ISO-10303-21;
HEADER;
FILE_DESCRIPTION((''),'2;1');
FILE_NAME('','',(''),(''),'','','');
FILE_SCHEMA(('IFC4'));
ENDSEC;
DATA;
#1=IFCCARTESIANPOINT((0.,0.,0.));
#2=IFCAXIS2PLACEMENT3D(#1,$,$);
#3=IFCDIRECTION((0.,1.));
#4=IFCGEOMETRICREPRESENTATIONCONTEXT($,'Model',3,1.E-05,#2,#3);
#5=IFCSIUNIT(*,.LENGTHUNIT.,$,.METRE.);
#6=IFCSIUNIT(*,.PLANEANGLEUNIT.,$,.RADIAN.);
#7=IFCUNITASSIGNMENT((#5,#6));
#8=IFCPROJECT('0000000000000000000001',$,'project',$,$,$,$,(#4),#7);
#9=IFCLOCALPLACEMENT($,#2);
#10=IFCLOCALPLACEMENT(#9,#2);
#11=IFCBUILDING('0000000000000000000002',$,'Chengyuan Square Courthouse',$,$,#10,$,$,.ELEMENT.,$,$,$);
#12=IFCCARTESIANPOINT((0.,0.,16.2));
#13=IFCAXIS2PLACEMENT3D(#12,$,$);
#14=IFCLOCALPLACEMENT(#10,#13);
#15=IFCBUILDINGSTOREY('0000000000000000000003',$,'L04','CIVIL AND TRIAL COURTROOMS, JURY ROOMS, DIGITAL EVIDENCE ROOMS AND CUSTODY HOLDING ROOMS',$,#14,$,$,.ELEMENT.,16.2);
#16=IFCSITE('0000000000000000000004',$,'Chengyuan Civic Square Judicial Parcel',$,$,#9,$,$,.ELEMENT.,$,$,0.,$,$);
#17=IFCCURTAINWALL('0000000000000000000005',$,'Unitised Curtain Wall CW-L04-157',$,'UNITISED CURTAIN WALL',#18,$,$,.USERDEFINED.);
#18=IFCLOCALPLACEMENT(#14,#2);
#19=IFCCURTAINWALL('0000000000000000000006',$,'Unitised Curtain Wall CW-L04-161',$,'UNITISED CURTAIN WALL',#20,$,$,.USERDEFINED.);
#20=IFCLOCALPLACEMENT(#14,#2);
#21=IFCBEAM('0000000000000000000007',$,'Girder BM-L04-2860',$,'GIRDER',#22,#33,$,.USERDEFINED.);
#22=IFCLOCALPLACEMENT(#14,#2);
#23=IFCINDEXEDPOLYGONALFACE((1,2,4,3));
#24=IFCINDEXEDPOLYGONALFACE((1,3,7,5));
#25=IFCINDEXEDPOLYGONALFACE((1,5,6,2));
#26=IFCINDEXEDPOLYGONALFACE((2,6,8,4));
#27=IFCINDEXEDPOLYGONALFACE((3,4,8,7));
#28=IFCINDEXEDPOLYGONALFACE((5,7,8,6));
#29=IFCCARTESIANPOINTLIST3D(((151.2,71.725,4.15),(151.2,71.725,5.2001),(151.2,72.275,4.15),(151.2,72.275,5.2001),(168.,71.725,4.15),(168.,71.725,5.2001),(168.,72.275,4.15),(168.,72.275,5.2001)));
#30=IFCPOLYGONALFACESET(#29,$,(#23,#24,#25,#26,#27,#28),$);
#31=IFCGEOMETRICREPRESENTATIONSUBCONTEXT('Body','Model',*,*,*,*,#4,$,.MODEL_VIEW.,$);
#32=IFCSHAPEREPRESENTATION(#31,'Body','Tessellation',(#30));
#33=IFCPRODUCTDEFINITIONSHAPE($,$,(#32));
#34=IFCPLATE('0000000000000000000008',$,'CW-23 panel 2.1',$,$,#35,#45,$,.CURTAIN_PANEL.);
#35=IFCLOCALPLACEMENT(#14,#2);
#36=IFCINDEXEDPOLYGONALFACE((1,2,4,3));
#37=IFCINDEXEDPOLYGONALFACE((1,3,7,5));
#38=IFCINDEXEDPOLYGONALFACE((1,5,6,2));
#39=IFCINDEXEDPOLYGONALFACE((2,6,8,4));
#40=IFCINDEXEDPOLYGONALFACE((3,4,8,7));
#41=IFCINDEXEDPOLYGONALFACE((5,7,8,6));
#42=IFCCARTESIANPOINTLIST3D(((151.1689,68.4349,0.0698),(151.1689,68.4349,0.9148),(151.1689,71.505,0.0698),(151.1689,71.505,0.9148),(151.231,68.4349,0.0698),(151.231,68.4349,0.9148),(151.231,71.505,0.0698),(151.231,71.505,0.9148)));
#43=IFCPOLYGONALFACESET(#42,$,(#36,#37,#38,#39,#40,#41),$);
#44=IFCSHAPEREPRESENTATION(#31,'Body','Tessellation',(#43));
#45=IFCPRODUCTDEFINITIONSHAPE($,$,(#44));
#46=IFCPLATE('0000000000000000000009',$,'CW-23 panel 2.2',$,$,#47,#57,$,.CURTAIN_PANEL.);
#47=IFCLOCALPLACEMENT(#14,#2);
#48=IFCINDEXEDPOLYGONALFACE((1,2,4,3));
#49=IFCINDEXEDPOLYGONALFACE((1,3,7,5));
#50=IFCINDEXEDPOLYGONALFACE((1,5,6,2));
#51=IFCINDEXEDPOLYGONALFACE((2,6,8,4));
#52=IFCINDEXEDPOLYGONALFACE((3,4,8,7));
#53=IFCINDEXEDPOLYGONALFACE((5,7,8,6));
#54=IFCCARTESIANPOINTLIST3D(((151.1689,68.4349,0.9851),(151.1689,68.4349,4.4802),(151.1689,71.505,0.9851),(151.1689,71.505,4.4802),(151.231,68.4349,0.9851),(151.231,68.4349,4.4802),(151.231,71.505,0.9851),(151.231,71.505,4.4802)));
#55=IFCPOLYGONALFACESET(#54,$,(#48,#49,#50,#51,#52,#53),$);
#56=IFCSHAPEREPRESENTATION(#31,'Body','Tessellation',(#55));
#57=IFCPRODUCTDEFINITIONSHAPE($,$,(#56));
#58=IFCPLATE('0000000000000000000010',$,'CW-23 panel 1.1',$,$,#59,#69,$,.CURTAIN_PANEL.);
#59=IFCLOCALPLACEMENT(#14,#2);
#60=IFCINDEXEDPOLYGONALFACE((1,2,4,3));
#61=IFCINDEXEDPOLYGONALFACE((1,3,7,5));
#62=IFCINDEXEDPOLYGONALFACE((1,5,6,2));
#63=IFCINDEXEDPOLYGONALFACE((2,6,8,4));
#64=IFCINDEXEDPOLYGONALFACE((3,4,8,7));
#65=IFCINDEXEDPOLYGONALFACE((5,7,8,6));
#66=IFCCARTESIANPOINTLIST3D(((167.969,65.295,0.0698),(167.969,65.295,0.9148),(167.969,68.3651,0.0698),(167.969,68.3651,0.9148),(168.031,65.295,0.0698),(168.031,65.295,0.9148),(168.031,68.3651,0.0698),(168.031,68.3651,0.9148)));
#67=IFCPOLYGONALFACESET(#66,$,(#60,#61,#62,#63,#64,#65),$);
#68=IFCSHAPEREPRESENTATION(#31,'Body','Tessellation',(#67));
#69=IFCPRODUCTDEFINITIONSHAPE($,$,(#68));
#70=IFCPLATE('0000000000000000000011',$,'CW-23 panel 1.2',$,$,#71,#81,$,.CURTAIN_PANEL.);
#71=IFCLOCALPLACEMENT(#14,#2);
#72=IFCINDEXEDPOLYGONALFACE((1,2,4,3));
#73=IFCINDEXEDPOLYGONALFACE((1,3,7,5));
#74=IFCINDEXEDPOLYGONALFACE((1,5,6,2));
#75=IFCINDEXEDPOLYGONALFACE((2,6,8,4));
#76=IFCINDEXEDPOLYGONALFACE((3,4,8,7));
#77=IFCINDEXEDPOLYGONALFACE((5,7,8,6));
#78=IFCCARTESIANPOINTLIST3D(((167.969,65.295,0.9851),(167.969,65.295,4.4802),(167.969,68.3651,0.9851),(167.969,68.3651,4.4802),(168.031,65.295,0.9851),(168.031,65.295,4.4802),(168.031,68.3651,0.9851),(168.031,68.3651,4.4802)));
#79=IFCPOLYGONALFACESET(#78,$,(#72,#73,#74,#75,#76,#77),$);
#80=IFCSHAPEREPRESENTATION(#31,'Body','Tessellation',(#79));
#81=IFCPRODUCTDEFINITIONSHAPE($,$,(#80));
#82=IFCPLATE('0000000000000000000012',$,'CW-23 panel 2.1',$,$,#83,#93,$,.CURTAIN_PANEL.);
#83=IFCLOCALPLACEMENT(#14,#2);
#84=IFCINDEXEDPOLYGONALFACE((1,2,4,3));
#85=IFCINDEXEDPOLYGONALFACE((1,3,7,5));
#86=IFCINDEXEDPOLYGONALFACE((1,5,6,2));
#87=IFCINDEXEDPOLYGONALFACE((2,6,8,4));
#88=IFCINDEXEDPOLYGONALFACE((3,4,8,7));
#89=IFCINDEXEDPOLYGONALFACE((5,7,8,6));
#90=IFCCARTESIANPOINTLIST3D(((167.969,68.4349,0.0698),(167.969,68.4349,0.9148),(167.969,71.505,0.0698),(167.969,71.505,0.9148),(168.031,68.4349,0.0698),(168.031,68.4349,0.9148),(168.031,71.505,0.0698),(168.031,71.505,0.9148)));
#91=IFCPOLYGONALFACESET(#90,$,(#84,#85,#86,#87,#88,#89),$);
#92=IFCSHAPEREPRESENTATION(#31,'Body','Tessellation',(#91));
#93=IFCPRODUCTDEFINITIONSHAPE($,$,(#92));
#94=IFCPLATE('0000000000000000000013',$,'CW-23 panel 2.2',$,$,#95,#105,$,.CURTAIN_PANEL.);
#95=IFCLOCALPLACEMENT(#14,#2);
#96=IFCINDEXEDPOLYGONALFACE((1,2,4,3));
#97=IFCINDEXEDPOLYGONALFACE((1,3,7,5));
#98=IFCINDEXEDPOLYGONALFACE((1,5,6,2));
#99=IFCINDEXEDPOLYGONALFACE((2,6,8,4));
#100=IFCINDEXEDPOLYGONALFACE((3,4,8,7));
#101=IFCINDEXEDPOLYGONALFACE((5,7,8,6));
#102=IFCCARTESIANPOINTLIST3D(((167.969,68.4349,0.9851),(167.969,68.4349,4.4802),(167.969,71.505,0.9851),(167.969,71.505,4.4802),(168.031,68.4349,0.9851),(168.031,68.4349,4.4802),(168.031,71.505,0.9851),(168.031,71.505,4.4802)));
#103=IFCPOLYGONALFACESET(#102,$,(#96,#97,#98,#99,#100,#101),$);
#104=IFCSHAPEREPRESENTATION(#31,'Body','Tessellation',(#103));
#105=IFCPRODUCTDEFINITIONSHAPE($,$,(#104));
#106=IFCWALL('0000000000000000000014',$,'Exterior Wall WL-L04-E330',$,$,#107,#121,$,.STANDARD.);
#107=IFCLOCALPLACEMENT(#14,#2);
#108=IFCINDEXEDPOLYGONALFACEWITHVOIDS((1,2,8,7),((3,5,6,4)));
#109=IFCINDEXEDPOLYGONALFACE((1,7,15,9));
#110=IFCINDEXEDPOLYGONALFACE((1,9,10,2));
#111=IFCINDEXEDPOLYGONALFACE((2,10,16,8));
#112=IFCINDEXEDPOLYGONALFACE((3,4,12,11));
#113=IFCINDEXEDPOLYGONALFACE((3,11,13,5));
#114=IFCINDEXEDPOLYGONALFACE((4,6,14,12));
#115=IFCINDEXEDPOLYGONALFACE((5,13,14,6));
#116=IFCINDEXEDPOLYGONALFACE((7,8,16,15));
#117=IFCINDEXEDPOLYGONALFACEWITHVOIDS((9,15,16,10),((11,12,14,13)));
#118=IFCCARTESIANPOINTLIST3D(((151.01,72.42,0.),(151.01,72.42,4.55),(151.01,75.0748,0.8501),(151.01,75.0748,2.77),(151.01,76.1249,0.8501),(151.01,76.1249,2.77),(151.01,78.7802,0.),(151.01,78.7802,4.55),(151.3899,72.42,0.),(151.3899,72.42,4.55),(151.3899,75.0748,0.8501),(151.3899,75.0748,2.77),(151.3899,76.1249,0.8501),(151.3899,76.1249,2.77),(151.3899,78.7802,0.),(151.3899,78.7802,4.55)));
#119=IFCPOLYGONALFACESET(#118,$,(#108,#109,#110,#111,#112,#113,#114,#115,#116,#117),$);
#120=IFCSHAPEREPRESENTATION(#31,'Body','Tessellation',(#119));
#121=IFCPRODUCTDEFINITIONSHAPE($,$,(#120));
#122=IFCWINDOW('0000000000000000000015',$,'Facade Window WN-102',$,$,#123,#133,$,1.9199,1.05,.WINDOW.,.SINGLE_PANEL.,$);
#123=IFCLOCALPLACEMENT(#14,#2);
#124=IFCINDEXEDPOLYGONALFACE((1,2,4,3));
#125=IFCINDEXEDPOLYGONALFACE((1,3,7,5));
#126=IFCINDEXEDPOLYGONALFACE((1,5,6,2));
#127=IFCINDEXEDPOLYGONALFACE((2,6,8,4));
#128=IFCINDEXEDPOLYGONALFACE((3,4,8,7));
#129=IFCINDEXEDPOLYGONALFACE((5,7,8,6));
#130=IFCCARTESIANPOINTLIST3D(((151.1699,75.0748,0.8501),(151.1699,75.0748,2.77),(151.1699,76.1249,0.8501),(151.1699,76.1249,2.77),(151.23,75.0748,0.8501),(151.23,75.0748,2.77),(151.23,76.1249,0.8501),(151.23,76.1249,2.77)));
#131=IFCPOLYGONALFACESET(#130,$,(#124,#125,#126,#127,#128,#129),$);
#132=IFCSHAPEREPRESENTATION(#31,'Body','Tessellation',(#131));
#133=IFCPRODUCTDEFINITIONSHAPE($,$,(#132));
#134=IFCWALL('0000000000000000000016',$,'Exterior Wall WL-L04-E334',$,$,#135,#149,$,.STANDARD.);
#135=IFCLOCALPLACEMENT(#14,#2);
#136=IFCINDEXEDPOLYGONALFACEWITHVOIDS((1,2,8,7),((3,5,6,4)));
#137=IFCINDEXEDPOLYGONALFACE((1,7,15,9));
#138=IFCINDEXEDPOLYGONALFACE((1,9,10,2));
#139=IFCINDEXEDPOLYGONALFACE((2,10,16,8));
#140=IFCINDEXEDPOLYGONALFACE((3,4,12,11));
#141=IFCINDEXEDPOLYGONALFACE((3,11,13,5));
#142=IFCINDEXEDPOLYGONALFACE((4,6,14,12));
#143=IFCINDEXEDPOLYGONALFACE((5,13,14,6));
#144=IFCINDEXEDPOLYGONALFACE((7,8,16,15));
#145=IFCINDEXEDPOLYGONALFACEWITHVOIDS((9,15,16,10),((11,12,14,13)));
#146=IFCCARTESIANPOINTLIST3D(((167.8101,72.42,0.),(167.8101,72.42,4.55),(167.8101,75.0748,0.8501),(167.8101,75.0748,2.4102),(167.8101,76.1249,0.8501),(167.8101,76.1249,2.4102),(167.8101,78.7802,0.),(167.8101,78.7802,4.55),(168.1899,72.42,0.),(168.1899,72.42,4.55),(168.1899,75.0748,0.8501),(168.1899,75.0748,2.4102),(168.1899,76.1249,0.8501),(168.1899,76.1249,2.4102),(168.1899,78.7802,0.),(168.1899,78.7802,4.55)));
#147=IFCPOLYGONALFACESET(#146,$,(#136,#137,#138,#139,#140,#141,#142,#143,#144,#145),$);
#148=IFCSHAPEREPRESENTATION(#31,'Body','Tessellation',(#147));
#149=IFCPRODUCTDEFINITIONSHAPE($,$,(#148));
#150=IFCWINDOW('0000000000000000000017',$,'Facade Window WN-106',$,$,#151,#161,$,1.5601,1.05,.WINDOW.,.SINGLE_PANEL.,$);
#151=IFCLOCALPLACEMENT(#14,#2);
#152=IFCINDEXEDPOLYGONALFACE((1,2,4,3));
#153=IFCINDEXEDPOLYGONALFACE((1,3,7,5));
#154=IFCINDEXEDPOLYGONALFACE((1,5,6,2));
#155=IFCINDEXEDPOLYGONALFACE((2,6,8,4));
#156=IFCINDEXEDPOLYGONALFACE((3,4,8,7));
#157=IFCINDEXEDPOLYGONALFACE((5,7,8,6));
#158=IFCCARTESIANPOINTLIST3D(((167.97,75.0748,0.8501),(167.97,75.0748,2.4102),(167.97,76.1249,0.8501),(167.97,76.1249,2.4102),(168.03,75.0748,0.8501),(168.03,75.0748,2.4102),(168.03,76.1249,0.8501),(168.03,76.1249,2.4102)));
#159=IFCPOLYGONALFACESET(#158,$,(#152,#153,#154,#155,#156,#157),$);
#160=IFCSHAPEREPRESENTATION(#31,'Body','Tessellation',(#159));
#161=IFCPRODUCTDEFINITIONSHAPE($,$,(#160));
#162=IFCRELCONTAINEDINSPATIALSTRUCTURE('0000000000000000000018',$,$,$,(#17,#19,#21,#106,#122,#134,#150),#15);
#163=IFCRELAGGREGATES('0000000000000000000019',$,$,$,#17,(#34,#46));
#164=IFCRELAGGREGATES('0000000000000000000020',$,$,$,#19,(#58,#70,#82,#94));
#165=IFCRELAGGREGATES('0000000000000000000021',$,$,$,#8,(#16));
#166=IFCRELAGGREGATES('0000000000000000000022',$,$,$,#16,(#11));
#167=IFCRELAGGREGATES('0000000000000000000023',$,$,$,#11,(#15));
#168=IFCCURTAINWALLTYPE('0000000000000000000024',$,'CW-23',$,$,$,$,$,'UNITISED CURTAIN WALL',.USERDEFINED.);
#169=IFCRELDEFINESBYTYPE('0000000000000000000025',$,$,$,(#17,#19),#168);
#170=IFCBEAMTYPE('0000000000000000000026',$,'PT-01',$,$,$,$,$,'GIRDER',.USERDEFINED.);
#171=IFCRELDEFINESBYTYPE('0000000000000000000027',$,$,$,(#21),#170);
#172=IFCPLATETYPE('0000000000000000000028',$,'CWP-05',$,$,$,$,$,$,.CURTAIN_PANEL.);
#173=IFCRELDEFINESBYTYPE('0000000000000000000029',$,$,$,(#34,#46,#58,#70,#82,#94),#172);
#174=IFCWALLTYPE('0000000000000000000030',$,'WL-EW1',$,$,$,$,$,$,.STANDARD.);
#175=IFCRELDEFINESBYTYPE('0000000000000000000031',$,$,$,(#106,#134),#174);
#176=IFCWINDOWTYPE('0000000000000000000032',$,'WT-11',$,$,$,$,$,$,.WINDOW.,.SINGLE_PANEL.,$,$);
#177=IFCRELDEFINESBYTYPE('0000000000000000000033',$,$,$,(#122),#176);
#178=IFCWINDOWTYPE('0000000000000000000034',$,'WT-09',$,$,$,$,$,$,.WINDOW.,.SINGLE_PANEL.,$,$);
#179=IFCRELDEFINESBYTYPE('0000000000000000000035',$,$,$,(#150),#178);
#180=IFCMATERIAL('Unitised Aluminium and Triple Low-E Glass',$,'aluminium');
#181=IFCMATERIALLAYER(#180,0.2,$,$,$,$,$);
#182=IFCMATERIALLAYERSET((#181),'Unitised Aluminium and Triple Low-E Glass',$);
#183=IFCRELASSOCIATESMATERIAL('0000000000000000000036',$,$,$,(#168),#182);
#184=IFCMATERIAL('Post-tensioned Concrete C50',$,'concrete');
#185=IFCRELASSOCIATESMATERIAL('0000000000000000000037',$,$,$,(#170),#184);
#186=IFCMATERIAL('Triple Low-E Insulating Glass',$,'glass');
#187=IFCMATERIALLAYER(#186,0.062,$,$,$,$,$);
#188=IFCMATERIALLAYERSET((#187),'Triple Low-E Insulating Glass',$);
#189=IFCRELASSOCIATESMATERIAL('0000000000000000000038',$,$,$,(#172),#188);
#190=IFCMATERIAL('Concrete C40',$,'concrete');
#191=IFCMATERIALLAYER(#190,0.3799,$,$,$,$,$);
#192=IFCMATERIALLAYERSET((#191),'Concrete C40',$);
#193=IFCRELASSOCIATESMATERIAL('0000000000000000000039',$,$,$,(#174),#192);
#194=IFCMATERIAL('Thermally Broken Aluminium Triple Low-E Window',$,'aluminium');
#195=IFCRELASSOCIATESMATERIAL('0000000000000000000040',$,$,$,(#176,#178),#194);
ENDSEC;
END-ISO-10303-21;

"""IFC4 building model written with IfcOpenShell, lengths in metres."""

from ifc_helpers import new_model, si_unit, direction, frame, frame_2d, origin, origin_2d, place, context, subcontext, project, spatial, rectangle, extrude, material, layer, layer_set, material_profile, profile_set, type_object, element, fill, aggregate, save


model = new_model("IFC4")

# Units and contexts
model_context = context("Model", 3, precision=1e-05, world=origin(), true_north=direction((0.0, 1.0)))
body_context = subcontext(model_context, "Body", "Model", "MODEL_VIEW")
ifc_project = project(units=[si_unit("LENGTHUNIT", "METRE"), si_unit("PLANEANGLEUNIT", "RADIAN")], contexts=[model_context])

# Site, building, storey
site_placement = place(None, origin())
site = spatial("IfcSite", under=ifc_project, at=site_placement, Name="Chengyuan Civic Square Judicial Parcel", CompositionType="ELEMENT", RefElevation=0.0)
building_placement = place(site_placement, origin())
building = spatial("IfcBuilding", under=site, at=building_placement, Name="Chengyuan Square Courthouse", CompositionType="ELEMENT")
storey_placement = place(building_placement, frame((0.0, 0.0, 16.2)))
storey = spatial("IfcBuildingStorey", under=building, at=storey_placement, Name="L04", Description="CIVIL AND TRIAL COURTROOMS, JURY ROOMS, DIGITAL EVIDENCE ROOMS AND CUSTODY HOLDING ROOMS", CompositionType="ELEMENT", Elevation=16.2)

# Shared definitions
ifc_material_1 = material(Name="Concrete C40", Category="concrete")

# Curtain wall
ifc_material_2 = material(Name="Unitised Aluminium and Triple Low-E Glass", Category="aluminium")
ifc_layer_1 = layer(ifc_material_2, 0.2)
ifc_layer_set_1 = layer_set([ifc_layer_1], Name="Unitised Aluminium and Triple Low-E Glass")
curtain_wall_type = type_object("IfcCurtainWallType", Name="CW-23", ElementType="UNITISED CURTAIN WALL", PredefinedType="USERDEFINED", material=ifc_layer_set_1)
curtain_wall_1_placement = place(storey_placement, origin())
curtain_wall_1 = element("IfcCurtainWall", 1, at=curtain_wall_1_placement, inside=storey, type_object=curtain_wall_type, Name="Unitised Curtain Wall CW-L04-157", ObjectType="UNITISED CURTAIN WALL", PredefinedType="USERDEFINED")

# Curtain wall
curtain_wall_2_placement = place(storey_placement, origin())
curtain_wall_2 = element("IfcCurtainWall", 2, at=curtain_wall_2_placement, inside=storey, type_object=curtain_wall_type, Name="Unitised Curtain Wall CW-L04-161", ObjectType="UNITISED CURTAIN WALL", PredefinedType="USERDEFINED")

# Beam
ifc_material_3 = material(Name="Post-tensioned Concrete C50", Category="concrete")
ifc_material_profile_1 = material_profile(ifc_material_3, rectangle(XDim=0.55, YDim=1.05, at=origin_2d()), Name="PT-BM-550x1050")
ifc_profile_set_1 = profile_set([ifc_material_profile_1], Name="Post-tensioned Concrete C50")
beam_type_1 = type_object("IfcBeamType", Name="PT-01", ElementType="GIRDER", PredefinedType="USERDEFINED", material=ifc_profile_set_1)
beam_1_placement = place(storey_placement, frame((151.2, 72.0, 4.675), z_axis=(1.0, 0.0, 0.0), x_axis=(0.0, 1.0, 0.0)))
element("IfcBeam", 3, at=beam_1_placement, inside=storey, type_object=beam_type_1, Name="Girder BM-L04-2860", ObjectType="GIRDER", PredefinedType="USERDEFINED", context=body_context, shape_type="SweptSolid", body=[
    extrude(rectangle(XDim=0.55, YDim=1.05, at=origin_2d()), origin(), (0.0, 0.0, 1.0), 16.8),
])

# Plates
ifc_material_4 = material(Name="Triple Low-E Insulating Glass", Category="glass")
ifc_layer_2 = layer(ifc_material_4, 0.062)
ifc_layer_set_2 = layer_set([ifc_layer_2], Name="Triple Low-E Insulating Glass")
plate_type = type_object("IfcPlateType", Name="CWP-05", PredefinedType="CURTAIN_PANEL", material=ifc_layer_set_2)
plate_1_placement = place(storey_placement, frame((151.2, 69.97, 0.0698), z_axis=(0.0, 0.0, 1.0), x_axis=(0.0, 1.0, 0.0)))
plate_1 = element("IfcPlate", 4, at=plate_1_placement, type_object=plate_type, Name="CW-23 panel 2.1", PredefinedType="CURTAIN_PANEL", context=body_context, shape_type="SweptSolid", body=[
    extrude(rectangle(XDim=3.0701, YDim=0.062, at=origin_2d()), origin(), (0.0, 0.0, 1.0), 0.845),
])
plate_2_placement = place(storey_placement, frame((151.2, 69.97, 0.9851), z_axis=(0.0, 0.0, 1.0), x_axis=(0.0, 1.0, 0.0)))
plate_2 = element("IfcPlate", 5, at=plate_2_placement, type_object=plate_type, Name="CW-23 panel 2.2", PredefinedType="CURTAIN_PANEL", context=body_context, shape_type="SweptSolid", body=[
    extrude(rectangle(XDim=3.0701, YDim=0.062, at=origin_2d()), origin(), (0.0, 0.0, 1.0), 3.4951),
])
aggregate(curtain_wall_1, [plate_1, plate_2])
plate_3_placement = place(storey_placement, frame((168.0, 66.8301, 0.0698), z_axis=(0.0, 0.0, 1.0), x_axis=(0.0, 1.0, 0.0)))
plate_3 = element("IfcPlate", 6, at=plate_3_placement, type_object=plate_type, Name="CW-23 panel 1.1", PredefinedType="CURTAIN_PANEL", context=body_context, shape_type="SweptSolid", body=[
    extrude(rectangle(XDim=3.0701, YDim=0.062, at=origin_2d()), origin(), (0.0, 0.0, 1.0), 0.845),
])
plate_4_placement = place(storey_placement, frame((168.0, 66.8301, 0.9851), z_axis=(0.0, 0.0, 1.0), x_axis=(0.0, 1.0, 0.0)))
plate_4 = element("IfcPlate", 7, at=plate_4_placement, type_object=plate_type, Name="CW-23 panel 1.2", PredefinedType="CURTAIN_PANEL", context=body_context, shape_type="SweptSolid", body=[
    extrude(rectangle(XDim=3.0701, YDim=0.062, at=origin_2d()), origin(), (0.0, 0.0, 1.0), 3.4951),
])
plate_5_placement = place(storey_placement, frame((168.0, 69.97, 0.0698), z_axis=(0.0, 0.0, 1.0), x_axis=(0.0, 1.0, 0.0)))
plate_5 = element("IfcPlate", 8, at=plate_5_placement, type_object=plate_type, Name="CW-23 panel 2.1", PredefinedType="CURTAIN_PANEL", context=body_context, shape_type="SweptSolid", body=[
    extrude(rectangle(XDim=3.0701, YDim=0.062, at=origin_2d()), origin(), (0.0, 0.0, 1.0), 0.845),
])
plate_6_placement = place(storey_placement, frame((168.0, 69.97, 0.9851), z_axis=(0.0, 0.0, 1.0), x_axis=(0.0, 1.0, 0.0)))
plate_6 = element("IfcPlate", 9, at=plate_6_placement, type_object=plate_type, Name="CW-23 panel 2.2", PredefinedType="CURTAIN_PANEL", context=body_context, shape_type="SweptSolid", body=[
    extrude(rectangle(XDim=3.0701, YDim=0.062, at=origin_2d()), origin(), (0.0, 0.0, 1.0), 3.4951),
])
aggregate(curtain_wall_2, [plate_3, plate_4, plate_5, plate_6])

# Walls, openings, windows
ifc_layer_3 = layer(ifc_material_1, 0.3799)
ifc_layer_set_3 = layer_set([ifc_layer_3], Name="Concrete C40")
wall_type_1 = type_object("IfcWallType", Name="WL-EW1", PredefinedType="STANDARD", material=ifc_layer_set_3)
wall_1_placement = place(storey_placement, frame((151.2, 72.4199, 0.0), z_axis=(0.0, 0.0, 1.0), x_axis=(0.0, 1.0, 0.0)))
wall_1 = element("IfcWall", 10, at=wall_1_placement, inside=storey, type_object=wall_type_1, Name="Exterior Wall WL-L04-E330", PredefinedType="STANDARD", context=body_context, shape_type="SweptSolid", body=[
    extrude(rectangle(XDim=6.3601, YDim=0.3799, at=frame_2d((3.1802, 0.0))), origin(), (0.0, 0.0, 1.0), 4.55),
])
opening_1_placement = place(wall_1_placement, frame((2.655, 0.0, 0.8501)))
opening_1 = element("IfcOpeningElement", 11, at=opening_1_placement, cuts=wall_1, PredefinedType="OPENING", context=body_context, shape_type="SweptSolid", body=[
    extrude(rectangle(XDim=1.05, YDim=1.9199, at=frame_2d((0.5249, 0.96))), frame((0.0, 0.2019, 0.0), z_axis=(0.0, -1.0, 0.0), x_axis=(1.0, 0.0, 0.0)), (0.0, 0.0, 1.0), 0.4038),
])
ifc_material_5 = material(Name="Thermally Broken Aluminium Triple Low-E Window", Category="aluminium")
window_type_1 = type_object("IfcWindowType", Name="WT-11", PartitioningType="SINGLE_PANEL", PredefinedType="WINDOW", material=ifc_material_5)
window_1_placement = place(opening_1_placement, origin())
window_1 = element("IfcWindow", 12, at=window_1_placement, inside=storey, type_object=window_type_1, Name="Facade Window WN-102", OverallHeight=1.9199, OverallWidth=1.05, PartitioningType="SINGLE_PANEL", PredefinedType="WINDOW", context=body_context, shape_type="SweptSolid", body=[
    extrude(rectangle(XDim=1.05, YDim=1.9199, at=frame_2d((0.5249, 0.96))), frame((0.0, 0.03, 0.0), z_axis=(0.0, -1.0, 0.0), x_axis=(1.0, 0.0, 0.0)), (0.0, 0.0, 1.0), 0.0601),
])
fill(opening_1, window_1)
wall_2_placement = place(storey_placement, frame((168.0, 72.4199, 0.0), z_axis=(0.0, 0.0, 1.0), x_axis=(0.0, 1.0, 0.0)))
wall_2 = element("IfcWall", 13, at=wall_2_placement, inside=storey, type_object=wall_type_1, Name="Exterior Wall WL-L04-E334", PredefinedType="STANDARD", context=body_context, shape_type="SweptSolid", body=[
    extrude(rectangle(XDim=6.3601, YDim=0.3799, at=frame_2d((3.1802, 0.0))), origin(), (0.0, 0.0, 1.0), 4.55),
])
opening_2_placement = place(wall_2_placement, frame((2.655, 0.0, 0.8501)))
opening_2 = element("IfcOpeningElement", 14, at=opening_2_placement, cuts=wall_2, PredefinedType="OPENING", context=body_context, shape_type="SweptSolid", body=[
    extrude(rectangle(XDim=1.05, YDim=1.5601, at=frame_2d((0.5249, 0.78))), frame((0.0, 0.2019, 0.0), z_axis=(0.0, -1.0, 0.0), x_axis=(1.0, 0.0, 0.0)), (0.0, 0.0, 1.0), 0.4038),
])
window_type_2 = type_object("IfcWindowType", Name="WT-09", PartitioningType="SINGLE_PANEL", PredefinedType="WINDOW", material=ifc_material_5)
window_2_placement = place(opening_2_placement, origin())
window_2 = element("IfcWindow", 15, at=window_2_placement, inside=storey, type_object=window_type_2, Name="Facade Window WN-106", OverallHeight=1.5601, OverallWidth=1.05, PartitioningType="SINGLE_PANEL", PredefinedType="WINDOW", context=body_context, shape_type="SweptSolid", body=[
    extrude(rectangle(XDim=1.05, YDim=1.5601, at=frame_2d((0.5249, 0.78))), frame((0.0, 0.03, 0.0), z_axis=(0.0, -1.0, 0.0), x_axis=(1.0, 0.0, 0.0)), (0.0, 0.0, 1.0), 0.0601),
])
fill(opening_2, window_2)

save(model, "model.ifc")
